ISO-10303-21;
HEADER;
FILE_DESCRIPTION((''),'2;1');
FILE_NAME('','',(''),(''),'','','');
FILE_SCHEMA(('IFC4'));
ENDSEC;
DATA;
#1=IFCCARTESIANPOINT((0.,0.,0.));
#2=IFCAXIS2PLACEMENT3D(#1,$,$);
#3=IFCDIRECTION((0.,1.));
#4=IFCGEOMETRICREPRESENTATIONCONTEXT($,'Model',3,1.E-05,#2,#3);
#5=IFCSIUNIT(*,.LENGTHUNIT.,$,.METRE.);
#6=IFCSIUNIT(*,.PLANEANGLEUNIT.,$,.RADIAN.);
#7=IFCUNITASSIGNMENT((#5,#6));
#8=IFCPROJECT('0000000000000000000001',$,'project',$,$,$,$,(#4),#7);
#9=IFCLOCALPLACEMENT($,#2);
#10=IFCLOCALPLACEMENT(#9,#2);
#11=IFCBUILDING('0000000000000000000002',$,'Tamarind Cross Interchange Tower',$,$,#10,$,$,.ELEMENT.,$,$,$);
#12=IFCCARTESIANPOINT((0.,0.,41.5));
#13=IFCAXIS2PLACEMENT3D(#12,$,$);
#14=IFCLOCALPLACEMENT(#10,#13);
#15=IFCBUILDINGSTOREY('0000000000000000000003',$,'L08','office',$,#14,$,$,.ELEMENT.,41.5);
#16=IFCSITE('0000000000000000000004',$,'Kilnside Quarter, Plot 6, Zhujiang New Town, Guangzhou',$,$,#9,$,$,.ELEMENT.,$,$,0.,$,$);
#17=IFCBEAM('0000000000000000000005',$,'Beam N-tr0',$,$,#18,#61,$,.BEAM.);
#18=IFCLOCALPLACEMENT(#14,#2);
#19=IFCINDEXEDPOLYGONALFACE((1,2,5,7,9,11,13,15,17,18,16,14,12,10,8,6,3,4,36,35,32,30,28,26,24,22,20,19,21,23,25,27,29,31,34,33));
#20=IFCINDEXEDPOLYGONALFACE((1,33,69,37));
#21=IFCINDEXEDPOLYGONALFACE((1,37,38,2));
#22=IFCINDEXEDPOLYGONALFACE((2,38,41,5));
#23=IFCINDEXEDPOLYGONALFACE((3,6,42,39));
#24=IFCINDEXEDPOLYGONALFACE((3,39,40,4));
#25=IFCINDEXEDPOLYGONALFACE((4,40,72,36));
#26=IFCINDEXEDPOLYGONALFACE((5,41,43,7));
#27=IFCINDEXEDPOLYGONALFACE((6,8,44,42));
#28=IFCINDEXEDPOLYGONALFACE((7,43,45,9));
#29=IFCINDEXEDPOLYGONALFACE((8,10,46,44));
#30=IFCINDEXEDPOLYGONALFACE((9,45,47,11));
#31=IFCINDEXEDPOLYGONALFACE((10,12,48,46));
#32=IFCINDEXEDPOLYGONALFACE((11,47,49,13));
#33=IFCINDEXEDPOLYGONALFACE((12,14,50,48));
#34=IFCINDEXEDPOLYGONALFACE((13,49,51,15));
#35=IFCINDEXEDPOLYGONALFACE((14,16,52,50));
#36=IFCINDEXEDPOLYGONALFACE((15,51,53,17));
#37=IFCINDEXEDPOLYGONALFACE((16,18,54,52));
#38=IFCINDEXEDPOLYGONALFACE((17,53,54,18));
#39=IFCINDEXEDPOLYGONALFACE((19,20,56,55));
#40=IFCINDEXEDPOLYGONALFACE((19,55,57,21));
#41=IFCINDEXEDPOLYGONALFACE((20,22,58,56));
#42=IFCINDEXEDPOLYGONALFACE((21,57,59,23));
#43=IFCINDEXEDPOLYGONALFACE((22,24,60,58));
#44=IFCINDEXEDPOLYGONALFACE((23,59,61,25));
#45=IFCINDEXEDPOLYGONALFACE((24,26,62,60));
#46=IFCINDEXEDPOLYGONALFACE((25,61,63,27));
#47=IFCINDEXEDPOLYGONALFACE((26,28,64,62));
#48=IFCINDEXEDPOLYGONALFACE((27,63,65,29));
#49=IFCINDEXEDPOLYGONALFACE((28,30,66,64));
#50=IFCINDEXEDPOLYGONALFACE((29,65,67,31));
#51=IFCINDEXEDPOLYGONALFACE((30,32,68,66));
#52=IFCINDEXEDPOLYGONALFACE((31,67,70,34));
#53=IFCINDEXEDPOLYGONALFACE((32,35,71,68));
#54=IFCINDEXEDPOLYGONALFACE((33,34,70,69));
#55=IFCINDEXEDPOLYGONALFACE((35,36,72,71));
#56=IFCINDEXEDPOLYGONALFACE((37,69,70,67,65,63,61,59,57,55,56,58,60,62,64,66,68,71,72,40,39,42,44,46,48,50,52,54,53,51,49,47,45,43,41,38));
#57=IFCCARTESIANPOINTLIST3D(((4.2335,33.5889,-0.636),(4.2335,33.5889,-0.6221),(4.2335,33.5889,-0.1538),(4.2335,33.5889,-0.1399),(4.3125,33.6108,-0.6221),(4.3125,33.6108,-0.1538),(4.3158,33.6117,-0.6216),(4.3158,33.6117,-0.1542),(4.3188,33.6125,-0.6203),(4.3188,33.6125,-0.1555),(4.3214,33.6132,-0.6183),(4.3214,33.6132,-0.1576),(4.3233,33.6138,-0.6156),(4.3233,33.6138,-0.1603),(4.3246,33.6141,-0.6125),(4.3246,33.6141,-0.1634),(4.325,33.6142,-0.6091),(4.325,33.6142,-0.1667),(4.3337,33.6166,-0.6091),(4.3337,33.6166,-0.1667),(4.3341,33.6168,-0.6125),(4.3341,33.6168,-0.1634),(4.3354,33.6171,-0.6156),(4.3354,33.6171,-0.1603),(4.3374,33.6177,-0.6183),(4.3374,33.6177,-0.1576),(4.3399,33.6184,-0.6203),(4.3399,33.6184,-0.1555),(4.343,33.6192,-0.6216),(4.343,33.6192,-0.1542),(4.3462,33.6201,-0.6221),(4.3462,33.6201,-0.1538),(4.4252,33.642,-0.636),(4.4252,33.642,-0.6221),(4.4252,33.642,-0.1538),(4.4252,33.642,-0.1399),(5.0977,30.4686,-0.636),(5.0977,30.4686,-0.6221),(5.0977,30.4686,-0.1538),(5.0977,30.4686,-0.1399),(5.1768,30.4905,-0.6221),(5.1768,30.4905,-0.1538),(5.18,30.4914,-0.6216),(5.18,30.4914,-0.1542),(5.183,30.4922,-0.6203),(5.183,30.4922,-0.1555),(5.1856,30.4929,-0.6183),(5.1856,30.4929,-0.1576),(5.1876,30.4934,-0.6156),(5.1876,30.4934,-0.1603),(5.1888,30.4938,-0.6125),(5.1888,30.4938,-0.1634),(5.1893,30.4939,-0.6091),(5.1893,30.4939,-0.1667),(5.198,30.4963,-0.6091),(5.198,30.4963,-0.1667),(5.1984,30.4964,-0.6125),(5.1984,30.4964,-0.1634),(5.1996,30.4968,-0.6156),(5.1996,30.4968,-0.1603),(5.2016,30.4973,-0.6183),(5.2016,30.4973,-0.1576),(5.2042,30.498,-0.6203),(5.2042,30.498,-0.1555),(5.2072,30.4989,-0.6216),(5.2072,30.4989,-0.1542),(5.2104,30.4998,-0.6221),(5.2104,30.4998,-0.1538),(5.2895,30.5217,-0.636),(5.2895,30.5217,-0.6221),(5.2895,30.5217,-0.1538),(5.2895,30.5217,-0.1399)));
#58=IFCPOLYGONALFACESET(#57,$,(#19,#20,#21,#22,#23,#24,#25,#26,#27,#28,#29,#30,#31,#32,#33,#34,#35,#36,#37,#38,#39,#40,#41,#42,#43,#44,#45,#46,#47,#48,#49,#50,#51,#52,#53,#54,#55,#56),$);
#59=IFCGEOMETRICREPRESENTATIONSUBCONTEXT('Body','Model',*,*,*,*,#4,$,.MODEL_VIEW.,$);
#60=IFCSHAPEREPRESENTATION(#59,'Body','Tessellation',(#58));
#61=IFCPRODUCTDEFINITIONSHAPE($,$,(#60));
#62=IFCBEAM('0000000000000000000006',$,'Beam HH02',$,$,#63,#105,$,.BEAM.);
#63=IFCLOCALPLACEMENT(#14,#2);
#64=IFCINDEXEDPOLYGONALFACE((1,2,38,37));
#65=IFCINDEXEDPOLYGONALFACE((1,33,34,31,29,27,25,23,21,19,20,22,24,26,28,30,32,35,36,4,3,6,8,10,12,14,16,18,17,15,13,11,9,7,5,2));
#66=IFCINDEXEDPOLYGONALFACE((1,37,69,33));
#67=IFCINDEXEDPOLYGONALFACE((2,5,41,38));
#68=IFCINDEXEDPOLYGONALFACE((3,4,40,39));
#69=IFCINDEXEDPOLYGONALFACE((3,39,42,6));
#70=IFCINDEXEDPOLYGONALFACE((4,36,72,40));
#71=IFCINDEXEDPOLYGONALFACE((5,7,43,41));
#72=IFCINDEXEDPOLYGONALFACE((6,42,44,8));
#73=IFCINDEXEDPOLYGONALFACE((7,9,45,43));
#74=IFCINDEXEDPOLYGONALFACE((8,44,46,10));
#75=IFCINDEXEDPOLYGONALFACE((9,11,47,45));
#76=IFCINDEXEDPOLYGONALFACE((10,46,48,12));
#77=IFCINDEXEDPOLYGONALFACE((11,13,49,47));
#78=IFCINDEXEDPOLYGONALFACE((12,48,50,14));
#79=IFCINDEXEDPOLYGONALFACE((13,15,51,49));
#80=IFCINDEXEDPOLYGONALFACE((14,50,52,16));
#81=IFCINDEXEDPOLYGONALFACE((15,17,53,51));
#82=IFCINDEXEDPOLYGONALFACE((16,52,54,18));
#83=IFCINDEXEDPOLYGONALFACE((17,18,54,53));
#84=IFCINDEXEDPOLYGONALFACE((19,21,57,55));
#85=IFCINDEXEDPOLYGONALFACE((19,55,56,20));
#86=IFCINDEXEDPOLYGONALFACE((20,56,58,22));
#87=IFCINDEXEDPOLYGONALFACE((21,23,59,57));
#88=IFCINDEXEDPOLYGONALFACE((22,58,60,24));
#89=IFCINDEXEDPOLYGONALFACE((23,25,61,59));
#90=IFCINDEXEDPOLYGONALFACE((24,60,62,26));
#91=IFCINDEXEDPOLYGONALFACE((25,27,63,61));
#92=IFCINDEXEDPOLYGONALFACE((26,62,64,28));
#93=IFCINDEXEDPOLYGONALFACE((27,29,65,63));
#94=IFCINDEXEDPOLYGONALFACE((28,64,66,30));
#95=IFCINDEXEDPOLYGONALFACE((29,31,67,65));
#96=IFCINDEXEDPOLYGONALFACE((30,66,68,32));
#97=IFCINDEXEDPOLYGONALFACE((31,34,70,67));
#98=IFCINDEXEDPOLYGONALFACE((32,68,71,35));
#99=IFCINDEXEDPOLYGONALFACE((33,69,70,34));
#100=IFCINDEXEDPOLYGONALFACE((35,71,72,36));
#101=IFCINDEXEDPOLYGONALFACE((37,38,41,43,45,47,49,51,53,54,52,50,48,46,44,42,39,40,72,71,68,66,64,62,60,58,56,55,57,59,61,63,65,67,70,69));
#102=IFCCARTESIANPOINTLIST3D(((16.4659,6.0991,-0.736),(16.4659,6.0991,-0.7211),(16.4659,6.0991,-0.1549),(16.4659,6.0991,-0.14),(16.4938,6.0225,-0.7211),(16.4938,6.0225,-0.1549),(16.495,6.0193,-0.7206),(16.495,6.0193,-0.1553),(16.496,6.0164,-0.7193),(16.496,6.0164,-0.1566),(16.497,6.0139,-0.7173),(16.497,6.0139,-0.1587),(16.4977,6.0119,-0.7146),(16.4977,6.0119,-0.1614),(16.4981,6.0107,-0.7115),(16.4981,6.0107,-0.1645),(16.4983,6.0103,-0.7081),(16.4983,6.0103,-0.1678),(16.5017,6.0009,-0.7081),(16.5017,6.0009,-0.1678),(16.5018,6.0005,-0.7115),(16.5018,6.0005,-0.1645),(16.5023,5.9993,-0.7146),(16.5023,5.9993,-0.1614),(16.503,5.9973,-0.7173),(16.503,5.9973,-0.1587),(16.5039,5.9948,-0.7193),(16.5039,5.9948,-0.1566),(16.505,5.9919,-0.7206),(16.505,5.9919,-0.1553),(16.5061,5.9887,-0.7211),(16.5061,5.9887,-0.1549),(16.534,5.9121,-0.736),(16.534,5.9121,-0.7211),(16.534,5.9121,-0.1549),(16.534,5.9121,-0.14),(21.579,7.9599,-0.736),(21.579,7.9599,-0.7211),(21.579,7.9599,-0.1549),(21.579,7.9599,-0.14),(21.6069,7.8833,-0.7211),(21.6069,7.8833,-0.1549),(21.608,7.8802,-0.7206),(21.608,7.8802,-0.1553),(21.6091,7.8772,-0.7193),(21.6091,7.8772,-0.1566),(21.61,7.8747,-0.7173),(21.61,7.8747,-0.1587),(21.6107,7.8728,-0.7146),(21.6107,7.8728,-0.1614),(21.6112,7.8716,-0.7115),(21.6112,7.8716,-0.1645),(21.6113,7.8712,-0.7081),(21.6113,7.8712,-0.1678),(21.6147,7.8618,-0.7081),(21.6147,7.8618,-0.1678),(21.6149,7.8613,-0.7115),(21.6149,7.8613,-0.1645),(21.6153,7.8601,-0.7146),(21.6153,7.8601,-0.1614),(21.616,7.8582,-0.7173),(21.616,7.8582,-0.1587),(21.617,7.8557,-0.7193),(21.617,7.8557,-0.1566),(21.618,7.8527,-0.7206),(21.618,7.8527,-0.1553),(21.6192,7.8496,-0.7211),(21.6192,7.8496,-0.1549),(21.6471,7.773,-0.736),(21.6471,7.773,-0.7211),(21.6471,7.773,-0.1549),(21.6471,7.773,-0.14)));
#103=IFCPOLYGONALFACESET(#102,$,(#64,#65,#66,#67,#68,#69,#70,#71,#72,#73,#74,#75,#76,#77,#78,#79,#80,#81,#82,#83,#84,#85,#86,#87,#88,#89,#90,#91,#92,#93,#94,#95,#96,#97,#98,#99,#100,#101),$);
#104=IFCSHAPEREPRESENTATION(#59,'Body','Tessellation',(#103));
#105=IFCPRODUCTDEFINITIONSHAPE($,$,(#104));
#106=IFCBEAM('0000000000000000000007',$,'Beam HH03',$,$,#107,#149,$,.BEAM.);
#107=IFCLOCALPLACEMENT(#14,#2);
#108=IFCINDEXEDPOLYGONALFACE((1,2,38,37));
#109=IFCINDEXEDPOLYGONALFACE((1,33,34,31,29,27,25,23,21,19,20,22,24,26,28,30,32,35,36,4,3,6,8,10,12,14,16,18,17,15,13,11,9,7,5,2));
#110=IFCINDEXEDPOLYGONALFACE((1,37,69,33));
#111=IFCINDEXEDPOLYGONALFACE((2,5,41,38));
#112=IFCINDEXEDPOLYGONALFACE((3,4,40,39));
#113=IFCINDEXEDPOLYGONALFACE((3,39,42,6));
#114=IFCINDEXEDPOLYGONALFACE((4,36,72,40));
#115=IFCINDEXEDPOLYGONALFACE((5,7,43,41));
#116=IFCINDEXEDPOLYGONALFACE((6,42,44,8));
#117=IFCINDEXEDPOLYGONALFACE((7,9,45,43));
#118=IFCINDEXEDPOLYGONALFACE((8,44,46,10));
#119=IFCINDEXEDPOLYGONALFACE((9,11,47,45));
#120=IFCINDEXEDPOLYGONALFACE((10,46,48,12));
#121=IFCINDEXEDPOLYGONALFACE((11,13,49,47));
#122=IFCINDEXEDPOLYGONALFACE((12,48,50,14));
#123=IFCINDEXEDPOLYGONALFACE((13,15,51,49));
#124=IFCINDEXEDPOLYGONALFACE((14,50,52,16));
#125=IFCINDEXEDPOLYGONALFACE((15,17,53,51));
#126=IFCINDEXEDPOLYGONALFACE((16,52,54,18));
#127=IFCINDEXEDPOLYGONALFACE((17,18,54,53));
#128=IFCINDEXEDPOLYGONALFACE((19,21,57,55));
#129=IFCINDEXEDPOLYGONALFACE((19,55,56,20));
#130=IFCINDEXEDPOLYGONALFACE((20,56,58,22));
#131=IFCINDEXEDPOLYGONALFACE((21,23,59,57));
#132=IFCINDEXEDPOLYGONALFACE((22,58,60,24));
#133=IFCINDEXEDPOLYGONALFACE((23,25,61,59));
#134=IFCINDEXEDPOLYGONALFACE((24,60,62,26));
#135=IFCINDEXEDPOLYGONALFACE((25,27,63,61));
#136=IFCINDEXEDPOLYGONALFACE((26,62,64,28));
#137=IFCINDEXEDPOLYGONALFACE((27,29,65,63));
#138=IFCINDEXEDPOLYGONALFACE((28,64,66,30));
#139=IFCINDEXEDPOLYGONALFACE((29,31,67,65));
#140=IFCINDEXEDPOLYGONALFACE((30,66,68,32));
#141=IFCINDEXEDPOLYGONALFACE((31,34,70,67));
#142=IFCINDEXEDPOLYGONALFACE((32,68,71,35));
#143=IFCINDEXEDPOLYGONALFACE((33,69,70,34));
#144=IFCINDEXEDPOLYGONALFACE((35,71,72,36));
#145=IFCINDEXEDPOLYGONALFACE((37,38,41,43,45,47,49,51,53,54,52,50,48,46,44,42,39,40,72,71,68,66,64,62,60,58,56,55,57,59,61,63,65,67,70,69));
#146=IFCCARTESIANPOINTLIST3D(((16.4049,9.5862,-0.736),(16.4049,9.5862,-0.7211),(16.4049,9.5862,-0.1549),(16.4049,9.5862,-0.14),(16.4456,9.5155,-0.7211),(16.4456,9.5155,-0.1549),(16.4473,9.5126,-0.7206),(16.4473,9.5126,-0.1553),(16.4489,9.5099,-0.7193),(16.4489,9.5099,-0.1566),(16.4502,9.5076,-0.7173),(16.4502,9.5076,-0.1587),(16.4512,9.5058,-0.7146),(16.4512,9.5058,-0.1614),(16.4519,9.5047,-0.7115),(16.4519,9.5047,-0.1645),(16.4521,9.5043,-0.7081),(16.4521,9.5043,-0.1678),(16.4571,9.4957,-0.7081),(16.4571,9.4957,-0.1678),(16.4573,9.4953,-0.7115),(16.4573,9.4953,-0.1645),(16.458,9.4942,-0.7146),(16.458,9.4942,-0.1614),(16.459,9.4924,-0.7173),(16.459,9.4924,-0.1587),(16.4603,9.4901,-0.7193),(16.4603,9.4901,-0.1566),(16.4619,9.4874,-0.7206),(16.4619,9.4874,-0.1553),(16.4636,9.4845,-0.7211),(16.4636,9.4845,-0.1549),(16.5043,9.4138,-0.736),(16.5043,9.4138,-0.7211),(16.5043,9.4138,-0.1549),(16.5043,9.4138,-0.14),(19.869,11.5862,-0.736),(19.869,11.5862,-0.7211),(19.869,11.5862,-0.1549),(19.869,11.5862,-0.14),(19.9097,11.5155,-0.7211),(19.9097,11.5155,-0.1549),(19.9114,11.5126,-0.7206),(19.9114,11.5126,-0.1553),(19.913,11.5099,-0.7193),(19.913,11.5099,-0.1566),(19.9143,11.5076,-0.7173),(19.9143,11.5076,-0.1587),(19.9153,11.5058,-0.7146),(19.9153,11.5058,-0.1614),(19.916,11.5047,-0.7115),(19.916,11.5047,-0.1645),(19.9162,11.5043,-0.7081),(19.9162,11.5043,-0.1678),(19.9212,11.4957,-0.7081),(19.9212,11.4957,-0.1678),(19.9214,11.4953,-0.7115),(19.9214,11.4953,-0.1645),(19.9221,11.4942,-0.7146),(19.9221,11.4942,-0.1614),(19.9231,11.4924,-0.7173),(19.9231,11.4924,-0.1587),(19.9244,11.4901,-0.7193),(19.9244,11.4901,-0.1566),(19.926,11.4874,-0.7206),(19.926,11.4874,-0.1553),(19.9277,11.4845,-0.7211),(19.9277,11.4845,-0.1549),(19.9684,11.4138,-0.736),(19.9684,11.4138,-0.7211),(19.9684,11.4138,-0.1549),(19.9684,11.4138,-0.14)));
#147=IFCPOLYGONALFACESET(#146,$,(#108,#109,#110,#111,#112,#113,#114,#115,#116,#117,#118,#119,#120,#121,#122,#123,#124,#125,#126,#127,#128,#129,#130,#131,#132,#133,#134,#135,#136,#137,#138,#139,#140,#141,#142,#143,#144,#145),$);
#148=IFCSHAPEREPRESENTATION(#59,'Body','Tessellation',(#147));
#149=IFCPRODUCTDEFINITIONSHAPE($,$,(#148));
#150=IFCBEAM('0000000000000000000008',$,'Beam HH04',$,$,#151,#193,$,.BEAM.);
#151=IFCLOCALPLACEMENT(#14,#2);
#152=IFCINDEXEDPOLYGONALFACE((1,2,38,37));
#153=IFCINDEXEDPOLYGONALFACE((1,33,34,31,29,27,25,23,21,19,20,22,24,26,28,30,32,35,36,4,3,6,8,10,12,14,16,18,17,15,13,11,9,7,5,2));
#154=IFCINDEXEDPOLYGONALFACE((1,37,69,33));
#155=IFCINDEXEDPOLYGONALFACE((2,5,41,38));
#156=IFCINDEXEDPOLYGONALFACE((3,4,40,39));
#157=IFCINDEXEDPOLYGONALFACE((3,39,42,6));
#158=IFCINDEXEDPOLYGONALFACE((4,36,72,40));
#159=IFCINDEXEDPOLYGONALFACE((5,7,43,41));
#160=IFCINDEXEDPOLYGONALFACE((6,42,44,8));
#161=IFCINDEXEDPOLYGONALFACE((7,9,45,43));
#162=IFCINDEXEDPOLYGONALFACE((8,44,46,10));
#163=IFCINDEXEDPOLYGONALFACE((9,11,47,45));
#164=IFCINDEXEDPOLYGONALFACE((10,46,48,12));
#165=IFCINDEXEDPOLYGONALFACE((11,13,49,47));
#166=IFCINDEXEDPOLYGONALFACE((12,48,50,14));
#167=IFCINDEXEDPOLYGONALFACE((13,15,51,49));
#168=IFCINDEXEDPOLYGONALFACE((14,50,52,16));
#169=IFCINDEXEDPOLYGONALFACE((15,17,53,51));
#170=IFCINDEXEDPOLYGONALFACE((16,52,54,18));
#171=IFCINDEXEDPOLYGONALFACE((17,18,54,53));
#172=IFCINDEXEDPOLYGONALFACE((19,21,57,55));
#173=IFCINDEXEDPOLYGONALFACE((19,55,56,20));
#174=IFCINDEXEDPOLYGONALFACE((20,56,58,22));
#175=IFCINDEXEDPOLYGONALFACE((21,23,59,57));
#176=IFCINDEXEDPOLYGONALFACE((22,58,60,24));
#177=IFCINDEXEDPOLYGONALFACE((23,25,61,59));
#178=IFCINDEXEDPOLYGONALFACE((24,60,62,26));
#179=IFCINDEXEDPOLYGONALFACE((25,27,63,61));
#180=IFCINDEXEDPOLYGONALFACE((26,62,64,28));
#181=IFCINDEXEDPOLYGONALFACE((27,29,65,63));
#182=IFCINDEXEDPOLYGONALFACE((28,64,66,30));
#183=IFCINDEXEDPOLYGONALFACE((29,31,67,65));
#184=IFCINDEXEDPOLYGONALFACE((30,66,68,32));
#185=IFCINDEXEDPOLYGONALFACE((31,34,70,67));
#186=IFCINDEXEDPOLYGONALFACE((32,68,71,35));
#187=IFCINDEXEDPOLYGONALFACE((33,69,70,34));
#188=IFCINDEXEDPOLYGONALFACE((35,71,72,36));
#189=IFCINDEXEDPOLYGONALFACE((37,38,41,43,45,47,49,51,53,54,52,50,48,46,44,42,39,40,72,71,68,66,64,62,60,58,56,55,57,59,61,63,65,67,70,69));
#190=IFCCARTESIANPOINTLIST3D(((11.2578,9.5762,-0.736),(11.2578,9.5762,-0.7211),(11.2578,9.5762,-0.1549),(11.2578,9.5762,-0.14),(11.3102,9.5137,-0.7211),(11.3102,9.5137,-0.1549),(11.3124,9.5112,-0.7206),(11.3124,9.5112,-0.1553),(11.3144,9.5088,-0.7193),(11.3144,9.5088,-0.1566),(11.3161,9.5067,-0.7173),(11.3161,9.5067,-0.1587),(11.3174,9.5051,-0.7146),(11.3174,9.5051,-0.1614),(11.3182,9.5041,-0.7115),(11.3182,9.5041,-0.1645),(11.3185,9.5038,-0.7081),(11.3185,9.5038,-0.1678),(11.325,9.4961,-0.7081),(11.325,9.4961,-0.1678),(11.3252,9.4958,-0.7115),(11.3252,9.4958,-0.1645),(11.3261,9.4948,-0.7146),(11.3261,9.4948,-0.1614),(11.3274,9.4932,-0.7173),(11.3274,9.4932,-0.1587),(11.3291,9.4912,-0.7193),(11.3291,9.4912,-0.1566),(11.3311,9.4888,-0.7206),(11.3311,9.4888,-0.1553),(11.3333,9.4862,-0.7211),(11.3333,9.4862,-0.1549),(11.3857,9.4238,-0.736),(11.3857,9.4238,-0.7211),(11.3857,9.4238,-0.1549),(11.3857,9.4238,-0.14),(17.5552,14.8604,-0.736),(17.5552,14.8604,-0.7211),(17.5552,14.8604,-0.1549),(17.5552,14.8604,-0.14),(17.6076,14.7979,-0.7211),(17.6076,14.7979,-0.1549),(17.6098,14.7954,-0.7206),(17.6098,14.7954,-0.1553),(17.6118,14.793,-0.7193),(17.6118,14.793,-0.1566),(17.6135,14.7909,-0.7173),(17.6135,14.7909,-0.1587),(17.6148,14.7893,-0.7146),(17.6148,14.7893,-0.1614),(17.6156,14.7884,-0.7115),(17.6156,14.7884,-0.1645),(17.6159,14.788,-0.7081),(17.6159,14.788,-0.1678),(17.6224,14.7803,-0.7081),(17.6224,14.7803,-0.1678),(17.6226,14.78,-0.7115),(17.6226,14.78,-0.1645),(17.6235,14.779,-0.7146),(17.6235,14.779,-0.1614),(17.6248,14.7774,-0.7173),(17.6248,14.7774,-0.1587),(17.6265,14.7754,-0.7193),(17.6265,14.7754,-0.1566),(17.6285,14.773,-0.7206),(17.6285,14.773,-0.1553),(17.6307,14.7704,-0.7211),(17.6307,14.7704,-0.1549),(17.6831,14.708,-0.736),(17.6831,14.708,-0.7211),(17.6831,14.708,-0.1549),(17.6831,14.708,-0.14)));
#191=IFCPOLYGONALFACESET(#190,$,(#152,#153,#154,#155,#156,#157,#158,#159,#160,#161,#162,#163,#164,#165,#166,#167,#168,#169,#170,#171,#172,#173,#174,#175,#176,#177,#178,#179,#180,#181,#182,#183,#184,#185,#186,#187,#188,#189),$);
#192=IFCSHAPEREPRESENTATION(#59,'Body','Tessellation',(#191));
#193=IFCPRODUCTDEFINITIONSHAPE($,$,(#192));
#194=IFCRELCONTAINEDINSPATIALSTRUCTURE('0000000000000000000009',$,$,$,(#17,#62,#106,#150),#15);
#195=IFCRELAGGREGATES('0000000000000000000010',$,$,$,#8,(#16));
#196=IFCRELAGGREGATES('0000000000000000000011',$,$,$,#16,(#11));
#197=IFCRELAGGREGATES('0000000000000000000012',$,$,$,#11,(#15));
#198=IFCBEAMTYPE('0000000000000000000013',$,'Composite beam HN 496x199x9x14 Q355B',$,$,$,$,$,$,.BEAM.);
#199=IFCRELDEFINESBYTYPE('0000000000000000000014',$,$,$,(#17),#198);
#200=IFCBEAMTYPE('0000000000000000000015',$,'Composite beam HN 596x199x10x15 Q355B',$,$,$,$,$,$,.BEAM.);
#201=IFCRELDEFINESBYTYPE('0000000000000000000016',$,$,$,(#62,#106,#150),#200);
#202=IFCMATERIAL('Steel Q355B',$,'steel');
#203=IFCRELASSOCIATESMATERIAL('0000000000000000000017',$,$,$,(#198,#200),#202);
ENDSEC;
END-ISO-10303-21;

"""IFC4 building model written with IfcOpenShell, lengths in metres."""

from ifc_helpers import new_model, si_unit, direction, frame, origin, origin_2d, place, context, subcontext, project, spatial, i_section, extrude, material, material_profile, profile_set, type_object, element, save


model = new_model("IFC4")

# Units and contexts
model_context = context("Model", 3, precision=1e-05, world=origin(), true_north=direction((0.0, 1.0)))
body_context = subcontext(model_context, "Body", "Model", "MODEL_VIEW")
ifc_project = project(units=[si_unit("LENGTHUNIT", "METRE"), si_unit("PLANEANGLEUNIT", "RADIAN")], contexts=[model_context])

# Site, building, storey
site_placement = place(None, origin())
site = spatial("IfcSite", under=ifc_project, at=site_placement, Name="Kilnside Quarter, Plot 6, Zhujiang New Town, Guangzhou", CompositionType="ELEMENT", RefElevation=0.0)
building_placement = place(site_placement, origin())
building = spatial("IfcBuilding", under=site, at=building_placement, Name="Tamarind Cross Interchange Tower", CompositionType="ELEMENT")
storey_placement = place(building_placement, frame((0.0, 0.0, 41.5)))
storey = spatial("IfcBuildingStorey", under=building, at=storey_placement, Name="L08", Description="office", CompositionType="ELEMENT", Elevation=41.5)

# Beams
ifc_material_1 = material(Name="Steel Q355B", Category="steel")
ifc_material_profile_1 = material_profile(ifc_material_1, i_section(OverallWidth=0.199, OverallDepth=0.4961, WebThickness=0.009, FlangeThickness=0.0139, FilletRadius=0.0129, at=origin_2d()), Name="HN 496x199x9x14")
ifc_profile_set_1 = profile_set([ifc_material_profile_1], Name="Steel Q355B")
beam_type_1 = type_object("IfcBeamType", Name="Composite beam HN 496x199x9x14 Q355B", PredefinedType="BEAM", material=ifc_profile_set_1)
beam_1_placement = place(storey_placement, frame((5.1936, 30.4951, -0.3879), z_axis=(-0.266924, 0.963717, 0.0), x_axis=(-0.963717, -0.266924, 0.0)))
element("IfcBeam", 1, at=beam_1_placement, inside=storey, type_object=beam_type_1, Name="Beam N-tr0", PredefinedType="BEAM", context=body_context, shape_type="SweptSolid", body=[
    extrude(i_section(OverallWidth=0.199, OverallDepth=0.4961, WebThickness=0.009, FlangeThickness=0.0139, FilletRadius=0.0129, at=origin_2d()), origin(), (0.0, 0.0, 1.0), 3.2378),
])
ifc_material_profile_2 = material_profile(ifc_material_1, i_section(OverallWidth=0.199, OverallDepth=0.5959, WebThickness=0.01, FlangeThickness=0.0149, FilletRadius=0.0129, at=origin_2d()), Name="HN 596x199x10x15")
ifc_profile_set_2 = profile_set([ifc_material_profile_2], Name="Steel Q355B")
beam_type_2 = type_object("IfcBeamType", Name="Composite beam HN 596x199x10x15 Q355B", PredefinedType="BEAM", material=ifc_profile_set_2)
beam_2_placement = place(storey_placement, frame((21.613, 7.8665, -0.438), z_axis=(-0.939702, -0.341995, 0.0), x_axis=(0.341995, -0.939702, 0.0)))
element("IfcBeam", 2, at=beam_2_placement, inside=storey, type_object=beam_type_2, Name="Beam HH02", PredefinedType="BEAM", context=body_context, shape_type="SweptSolid", body=[
    extrude(i_section(OverallWidth=0.199, OverallDepth=0.5959, WebThickness=0.01, FlangeThickness=0.0149, FilletRadius=0.0129, at=origin_2d()), origin(), (0.0, 0.0, 1.0), 5.4412),
])
beam_3_placement = place(storey_placement, frame((19.9187, 11.5, -0.438), z_axis=(-0.866026, -0.499999, 0.0), x_axis=(0.499999, -0.866026, 0.0)))
element("IfcBeam", 3, at=beam_3_placement, inside=storey, type_object=beam_type_2, Name="Beam HH03", PredefinedType="BEAM", context=body_context, shape_type="SweptSolid", body=[
    extrude(i_section(OverallWidth=0.199, OverallDepth=0.5959, WebThickness=0.01, FlangeThickness=0.0149, FilletRadius=0.0129, at=origin_2d()), origin(), (0.0, 0.0, 1.0), 4.0),
])
beam_4_placement = place(storey_placement, frame((17.6191, 14.7842, -0.438), z_axis=(-0.766041, -0.642792, 0.0), x_axis=(0.642792, -0.766041, 0.0)))
element("IfcBeam", 4, at=beam_4_placement, inside=storey, type_object=beam_type_2, Name="Beam HH04", PredefinedType="BEAM", context=body_context, shape_type="SweptSolid", body=[
    extrude(i_section(OverallWidth=0.199, OverallDepth=0.5959, WebThickness=0.01, FlangeThickness=0.0149, FilletRadius=0.0129, at=origin_2d()), origin(), (0.0, 0.0, 1.0), 8.2207),
])

save(model, "model.ifc")
